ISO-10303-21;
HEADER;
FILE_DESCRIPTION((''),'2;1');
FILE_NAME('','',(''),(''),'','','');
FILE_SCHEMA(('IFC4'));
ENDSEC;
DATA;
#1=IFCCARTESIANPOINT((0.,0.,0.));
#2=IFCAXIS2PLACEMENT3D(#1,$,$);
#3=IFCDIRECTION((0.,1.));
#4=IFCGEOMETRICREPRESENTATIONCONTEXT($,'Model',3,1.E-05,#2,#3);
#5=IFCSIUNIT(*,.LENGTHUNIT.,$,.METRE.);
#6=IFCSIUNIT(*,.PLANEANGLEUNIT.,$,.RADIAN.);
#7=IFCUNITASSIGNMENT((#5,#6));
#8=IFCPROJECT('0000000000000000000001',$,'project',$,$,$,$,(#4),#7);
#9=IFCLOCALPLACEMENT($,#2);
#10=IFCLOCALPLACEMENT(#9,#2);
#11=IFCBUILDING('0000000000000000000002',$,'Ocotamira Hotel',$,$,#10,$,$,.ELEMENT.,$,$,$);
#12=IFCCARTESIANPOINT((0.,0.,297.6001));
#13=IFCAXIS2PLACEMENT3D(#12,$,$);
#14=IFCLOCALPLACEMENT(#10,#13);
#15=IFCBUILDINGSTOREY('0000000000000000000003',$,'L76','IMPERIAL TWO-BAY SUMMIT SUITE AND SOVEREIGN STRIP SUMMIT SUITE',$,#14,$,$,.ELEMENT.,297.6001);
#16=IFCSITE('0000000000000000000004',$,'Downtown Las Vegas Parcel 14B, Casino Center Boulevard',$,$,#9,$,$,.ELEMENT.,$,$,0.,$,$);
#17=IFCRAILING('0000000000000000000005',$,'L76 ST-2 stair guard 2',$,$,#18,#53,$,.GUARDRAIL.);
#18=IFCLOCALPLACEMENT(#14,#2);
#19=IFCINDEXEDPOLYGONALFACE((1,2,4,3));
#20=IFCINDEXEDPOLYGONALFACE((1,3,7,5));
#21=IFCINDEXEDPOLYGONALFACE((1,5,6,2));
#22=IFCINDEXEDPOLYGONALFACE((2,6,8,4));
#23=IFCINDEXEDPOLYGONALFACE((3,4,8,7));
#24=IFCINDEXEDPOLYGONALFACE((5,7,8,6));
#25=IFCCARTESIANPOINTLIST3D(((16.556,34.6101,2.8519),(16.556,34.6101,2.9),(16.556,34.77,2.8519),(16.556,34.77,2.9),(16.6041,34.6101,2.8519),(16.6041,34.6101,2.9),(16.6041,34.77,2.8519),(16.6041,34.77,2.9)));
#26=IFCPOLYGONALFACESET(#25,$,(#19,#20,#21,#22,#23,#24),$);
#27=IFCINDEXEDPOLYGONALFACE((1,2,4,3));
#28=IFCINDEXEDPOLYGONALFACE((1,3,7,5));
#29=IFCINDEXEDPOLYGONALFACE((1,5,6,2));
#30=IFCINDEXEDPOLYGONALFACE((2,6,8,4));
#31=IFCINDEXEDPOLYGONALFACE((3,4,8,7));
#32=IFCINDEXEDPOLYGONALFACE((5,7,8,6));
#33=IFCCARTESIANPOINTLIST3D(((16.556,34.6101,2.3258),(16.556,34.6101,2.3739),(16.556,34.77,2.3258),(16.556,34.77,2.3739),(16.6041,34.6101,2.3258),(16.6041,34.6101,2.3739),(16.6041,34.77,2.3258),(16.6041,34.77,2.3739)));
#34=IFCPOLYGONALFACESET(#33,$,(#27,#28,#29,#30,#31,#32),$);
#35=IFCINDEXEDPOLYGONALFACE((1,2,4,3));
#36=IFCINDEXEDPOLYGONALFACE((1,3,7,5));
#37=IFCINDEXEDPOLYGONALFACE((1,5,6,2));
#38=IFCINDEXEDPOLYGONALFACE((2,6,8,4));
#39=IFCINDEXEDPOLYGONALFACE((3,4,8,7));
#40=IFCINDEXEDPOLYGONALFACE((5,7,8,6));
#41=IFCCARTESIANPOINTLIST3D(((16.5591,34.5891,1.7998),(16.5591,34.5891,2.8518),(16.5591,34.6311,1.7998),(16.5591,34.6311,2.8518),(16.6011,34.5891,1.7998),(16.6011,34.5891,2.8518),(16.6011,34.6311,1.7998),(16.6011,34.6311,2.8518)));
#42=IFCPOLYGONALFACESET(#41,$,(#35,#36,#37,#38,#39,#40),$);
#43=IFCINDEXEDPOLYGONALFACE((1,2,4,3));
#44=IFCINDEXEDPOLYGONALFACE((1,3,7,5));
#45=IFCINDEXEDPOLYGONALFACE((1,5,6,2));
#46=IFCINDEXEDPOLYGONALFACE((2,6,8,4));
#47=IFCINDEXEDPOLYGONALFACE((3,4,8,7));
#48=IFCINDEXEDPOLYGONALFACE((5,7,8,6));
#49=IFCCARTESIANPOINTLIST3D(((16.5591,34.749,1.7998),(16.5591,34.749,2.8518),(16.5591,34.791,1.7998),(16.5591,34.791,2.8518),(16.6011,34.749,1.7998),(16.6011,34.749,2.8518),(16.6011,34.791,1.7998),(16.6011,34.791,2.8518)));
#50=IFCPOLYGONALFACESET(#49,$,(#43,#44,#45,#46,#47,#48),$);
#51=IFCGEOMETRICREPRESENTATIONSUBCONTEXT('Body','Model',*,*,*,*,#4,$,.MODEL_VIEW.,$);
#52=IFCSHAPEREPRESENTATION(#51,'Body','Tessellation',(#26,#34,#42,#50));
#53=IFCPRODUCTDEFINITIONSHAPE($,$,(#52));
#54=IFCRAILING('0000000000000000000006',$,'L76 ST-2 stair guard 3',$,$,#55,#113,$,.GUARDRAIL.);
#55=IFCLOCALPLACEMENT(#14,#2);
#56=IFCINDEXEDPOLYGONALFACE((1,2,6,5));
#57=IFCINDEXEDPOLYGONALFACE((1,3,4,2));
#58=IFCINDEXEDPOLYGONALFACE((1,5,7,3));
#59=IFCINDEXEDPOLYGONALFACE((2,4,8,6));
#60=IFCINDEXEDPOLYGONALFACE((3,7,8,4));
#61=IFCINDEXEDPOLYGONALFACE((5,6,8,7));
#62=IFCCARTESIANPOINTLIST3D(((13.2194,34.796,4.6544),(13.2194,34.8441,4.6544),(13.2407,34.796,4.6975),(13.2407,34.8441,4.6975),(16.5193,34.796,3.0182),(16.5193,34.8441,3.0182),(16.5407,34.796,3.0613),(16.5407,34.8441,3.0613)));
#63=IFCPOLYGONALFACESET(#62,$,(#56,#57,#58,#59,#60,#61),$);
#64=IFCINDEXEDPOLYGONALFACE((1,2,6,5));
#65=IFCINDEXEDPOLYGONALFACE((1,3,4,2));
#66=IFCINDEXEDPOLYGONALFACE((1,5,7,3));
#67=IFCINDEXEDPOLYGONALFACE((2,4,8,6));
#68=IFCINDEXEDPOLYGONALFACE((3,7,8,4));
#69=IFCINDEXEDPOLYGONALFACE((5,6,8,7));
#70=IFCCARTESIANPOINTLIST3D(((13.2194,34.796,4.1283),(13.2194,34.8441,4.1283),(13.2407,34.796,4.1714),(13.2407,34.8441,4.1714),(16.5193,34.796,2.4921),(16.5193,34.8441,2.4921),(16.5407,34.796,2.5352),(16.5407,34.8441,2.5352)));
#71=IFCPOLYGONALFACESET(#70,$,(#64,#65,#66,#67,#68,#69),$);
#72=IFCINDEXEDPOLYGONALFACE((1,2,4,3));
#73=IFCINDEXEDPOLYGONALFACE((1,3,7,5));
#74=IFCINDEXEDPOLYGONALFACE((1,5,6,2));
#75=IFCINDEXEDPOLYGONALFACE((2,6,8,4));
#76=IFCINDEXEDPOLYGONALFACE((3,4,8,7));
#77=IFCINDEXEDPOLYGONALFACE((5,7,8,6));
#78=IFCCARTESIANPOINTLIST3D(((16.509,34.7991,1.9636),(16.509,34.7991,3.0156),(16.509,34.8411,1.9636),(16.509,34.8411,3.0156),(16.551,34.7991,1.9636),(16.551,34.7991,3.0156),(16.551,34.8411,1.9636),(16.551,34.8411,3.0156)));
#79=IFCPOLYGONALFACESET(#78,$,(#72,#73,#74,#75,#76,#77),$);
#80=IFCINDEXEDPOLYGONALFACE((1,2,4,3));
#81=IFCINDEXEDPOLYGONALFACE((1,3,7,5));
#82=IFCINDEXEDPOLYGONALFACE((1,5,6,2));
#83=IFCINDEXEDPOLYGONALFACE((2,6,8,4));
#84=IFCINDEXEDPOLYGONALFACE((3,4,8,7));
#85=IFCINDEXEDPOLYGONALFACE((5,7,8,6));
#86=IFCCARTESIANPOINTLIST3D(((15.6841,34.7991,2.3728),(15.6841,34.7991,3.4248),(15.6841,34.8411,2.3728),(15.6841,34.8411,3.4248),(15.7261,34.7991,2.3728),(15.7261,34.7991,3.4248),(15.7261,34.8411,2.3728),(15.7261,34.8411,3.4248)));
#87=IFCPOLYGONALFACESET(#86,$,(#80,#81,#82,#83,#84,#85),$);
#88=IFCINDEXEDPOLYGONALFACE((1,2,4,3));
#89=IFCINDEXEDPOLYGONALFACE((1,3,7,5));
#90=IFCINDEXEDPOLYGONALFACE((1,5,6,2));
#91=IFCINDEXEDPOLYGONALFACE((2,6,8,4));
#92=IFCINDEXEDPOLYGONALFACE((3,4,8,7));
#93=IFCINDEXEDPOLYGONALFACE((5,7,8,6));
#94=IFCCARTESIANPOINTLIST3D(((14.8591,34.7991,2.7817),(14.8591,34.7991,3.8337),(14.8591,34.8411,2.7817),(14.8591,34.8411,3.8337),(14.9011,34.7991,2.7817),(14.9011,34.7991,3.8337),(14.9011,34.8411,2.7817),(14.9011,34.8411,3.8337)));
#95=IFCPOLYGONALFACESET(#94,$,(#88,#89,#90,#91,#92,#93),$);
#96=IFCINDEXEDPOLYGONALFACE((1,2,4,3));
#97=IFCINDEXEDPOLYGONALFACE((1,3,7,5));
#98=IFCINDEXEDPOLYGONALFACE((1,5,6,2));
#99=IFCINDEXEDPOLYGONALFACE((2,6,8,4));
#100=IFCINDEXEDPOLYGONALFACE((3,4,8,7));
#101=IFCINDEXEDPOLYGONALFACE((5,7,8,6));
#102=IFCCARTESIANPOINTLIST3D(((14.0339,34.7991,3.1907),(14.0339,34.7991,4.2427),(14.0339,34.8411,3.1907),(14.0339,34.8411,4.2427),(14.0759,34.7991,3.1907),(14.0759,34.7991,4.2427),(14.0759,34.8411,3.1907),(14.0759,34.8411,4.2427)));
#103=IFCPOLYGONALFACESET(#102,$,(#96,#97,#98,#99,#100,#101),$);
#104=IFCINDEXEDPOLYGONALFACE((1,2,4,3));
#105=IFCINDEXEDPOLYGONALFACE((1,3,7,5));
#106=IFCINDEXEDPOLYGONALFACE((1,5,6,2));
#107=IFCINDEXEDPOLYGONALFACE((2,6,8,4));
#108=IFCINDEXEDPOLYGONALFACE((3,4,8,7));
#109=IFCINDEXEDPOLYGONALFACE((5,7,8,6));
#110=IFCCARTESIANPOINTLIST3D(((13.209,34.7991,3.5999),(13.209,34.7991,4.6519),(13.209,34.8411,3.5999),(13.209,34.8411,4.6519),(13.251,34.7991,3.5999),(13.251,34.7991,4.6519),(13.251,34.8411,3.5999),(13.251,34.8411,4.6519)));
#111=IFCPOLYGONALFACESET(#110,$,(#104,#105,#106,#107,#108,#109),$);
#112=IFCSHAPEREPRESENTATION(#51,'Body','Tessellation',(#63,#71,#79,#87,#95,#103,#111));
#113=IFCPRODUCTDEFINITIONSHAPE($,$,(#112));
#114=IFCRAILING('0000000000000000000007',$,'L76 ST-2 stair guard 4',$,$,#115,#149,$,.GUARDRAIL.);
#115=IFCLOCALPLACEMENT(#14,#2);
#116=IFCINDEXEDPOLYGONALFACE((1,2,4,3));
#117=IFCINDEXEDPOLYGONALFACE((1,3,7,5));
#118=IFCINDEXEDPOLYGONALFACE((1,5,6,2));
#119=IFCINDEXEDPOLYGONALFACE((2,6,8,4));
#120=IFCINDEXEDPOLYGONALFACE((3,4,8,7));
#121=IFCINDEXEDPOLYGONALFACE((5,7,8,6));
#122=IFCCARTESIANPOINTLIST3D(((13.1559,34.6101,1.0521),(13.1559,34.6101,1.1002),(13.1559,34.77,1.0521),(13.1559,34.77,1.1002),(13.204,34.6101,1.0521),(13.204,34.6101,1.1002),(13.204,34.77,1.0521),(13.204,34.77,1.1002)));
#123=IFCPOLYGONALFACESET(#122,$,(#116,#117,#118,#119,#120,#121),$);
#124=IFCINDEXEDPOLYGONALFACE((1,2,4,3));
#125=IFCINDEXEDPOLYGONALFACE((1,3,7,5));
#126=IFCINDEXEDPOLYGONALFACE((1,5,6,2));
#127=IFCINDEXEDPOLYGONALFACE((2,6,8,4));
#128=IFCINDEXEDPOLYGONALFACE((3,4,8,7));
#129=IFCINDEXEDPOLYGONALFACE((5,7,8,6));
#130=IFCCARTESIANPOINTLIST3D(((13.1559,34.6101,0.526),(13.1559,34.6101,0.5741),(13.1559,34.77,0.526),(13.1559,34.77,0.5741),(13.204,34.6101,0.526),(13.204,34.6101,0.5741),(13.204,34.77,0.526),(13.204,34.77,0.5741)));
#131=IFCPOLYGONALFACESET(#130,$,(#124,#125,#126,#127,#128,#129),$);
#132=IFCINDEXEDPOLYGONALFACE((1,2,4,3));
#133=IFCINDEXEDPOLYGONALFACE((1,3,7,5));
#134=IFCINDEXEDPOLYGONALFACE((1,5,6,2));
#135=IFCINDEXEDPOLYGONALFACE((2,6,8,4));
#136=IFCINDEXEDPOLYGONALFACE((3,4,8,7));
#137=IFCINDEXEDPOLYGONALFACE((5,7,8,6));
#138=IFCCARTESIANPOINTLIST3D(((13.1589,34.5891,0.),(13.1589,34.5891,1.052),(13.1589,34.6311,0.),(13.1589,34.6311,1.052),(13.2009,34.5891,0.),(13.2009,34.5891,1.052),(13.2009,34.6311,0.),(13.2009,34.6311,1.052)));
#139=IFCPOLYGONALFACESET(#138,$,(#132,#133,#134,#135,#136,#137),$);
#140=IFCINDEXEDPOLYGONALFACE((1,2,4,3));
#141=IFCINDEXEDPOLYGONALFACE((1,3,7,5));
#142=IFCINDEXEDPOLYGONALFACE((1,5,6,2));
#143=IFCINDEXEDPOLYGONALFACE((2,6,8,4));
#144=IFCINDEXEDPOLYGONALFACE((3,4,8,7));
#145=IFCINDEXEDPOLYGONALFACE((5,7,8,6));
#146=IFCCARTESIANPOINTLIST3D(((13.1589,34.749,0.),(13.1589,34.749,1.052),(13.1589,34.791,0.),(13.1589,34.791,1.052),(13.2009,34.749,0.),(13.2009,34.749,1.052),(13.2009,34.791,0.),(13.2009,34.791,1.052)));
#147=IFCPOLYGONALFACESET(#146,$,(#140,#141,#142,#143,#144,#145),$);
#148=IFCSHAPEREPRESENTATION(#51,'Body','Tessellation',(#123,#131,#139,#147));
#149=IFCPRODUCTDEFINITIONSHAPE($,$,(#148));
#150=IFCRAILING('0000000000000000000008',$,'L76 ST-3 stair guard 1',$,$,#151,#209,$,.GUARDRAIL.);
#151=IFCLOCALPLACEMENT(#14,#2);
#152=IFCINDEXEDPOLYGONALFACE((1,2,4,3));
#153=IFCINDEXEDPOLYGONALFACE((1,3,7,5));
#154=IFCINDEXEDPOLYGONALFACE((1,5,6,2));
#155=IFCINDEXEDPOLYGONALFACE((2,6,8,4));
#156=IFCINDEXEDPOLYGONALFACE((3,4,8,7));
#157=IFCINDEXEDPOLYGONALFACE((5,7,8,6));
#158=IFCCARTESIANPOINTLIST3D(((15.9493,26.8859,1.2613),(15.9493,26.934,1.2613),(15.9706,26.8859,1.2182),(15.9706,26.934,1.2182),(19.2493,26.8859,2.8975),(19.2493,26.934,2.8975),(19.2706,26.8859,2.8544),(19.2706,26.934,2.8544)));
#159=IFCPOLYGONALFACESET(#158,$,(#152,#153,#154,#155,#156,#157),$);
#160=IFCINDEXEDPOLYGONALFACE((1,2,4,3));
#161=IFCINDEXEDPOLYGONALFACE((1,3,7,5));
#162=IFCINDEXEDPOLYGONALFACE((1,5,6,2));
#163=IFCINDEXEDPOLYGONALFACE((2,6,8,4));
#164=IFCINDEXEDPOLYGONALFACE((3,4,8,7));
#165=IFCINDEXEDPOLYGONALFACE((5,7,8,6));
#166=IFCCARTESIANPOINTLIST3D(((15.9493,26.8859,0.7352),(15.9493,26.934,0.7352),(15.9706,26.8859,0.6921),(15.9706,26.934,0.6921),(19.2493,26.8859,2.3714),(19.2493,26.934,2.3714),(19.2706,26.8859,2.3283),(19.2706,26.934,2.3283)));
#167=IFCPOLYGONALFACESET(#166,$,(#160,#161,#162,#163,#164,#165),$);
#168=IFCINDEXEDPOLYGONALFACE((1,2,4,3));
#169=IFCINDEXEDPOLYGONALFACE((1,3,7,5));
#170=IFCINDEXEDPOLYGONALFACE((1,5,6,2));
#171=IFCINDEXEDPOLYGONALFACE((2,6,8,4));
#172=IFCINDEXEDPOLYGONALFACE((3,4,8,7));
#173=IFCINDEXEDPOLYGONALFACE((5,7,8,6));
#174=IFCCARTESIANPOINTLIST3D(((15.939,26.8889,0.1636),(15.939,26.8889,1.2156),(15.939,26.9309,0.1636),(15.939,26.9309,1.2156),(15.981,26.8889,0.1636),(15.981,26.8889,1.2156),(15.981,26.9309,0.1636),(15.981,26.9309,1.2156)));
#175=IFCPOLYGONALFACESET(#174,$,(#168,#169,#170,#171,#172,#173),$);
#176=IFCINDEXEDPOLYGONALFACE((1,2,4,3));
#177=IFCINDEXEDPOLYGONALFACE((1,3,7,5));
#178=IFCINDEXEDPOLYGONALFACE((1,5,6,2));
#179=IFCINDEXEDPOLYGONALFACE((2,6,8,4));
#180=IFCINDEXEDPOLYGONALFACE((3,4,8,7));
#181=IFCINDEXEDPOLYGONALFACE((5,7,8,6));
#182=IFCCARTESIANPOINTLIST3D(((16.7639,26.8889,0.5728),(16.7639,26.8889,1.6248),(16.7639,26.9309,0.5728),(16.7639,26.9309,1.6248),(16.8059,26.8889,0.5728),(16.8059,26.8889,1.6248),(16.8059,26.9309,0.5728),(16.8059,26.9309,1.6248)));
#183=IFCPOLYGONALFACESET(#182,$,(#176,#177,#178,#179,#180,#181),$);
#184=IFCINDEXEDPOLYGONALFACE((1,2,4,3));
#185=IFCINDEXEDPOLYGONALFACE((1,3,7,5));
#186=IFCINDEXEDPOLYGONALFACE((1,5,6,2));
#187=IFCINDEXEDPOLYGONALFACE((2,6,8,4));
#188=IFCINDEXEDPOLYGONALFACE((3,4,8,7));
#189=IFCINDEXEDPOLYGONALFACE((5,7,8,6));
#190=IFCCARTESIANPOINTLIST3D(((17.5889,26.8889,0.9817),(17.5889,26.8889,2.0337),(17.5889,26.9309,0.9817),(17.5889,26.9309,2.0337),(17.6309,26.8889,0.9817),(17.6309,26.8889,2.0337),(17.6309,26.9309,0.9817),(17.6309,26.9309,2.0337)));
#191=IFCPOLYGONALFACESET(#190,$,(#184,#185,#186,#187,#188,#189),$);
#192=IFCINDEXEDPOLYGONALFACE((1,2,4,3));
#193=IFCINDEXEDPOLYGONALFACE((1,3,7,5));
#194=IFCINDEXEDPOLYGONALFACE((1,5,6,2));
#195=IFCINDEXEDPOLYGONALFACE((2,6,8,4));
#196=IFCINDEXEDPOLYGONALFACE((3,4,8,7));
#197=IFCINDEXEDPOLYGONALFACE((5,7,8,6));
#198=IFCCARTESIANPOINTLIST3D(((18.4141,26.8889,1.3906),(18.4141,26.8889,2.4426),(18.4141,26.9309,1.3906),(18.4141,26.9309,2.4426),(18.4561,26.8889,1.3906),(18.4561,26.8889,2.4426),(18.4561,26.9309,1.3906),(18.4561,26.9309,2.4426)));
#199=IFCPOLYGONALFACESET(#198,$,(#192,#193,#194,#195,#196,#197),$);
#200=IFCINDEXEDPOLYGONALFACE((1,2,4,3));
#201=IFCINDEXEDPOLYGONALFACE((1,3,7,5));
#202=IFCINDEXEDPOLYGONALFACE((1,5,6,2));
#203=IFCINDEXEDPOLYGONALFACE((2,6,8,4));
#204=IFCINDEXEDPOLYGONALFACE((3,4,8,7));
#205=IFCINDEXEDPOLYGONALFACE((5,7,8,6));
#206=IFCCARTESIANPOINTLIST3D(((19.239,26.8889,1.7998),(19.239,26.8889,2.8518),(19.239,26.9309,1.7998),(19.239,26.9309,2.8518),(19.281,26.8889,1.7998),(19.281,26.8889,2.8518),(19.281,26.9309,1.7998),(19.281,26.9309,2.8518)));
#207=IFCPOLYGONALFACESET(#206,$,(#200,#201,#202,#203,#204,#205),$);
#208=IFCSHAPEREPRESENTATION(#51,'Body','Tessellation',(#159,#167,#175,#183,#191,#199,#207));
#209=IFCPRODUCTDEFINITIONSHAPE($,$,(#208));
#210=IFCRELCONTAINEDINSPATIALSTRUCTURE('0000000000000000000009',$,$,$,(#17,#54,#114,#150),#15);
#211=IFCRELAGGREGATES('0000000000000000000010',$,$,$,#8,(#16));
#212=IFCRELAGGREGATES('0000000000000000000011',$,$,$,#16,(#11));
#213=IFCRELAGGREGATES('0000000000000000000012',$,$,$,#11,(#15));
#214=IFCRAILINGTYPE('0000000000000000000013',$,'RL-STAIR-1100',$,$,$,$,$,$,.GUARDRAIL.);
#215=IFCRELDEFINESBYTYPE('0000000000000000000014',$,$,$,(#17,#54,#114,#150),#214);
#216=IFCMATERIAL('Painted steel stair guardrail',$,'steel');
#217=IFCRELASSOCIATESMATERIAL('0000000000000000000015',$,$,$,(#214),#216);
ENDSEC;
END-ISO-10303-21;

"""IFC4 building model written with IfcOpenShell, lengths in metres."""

from ifc_helpers import new_model, si_unit, direction, frame, origin, origin_2d, place, context, subcontext, project, spatial, rectangle, extrude, material, type_object, element, save


model = new_model("IFC4")

# Units and contexts
model_context = context("Model", 3, precision=1e-05, world=origin(), true_north=direction((0.0, 1.0)))
body_context = subcontext(model_context, "Body", "Model", "MODEL_VIEW")
ifc_project = project(units=[si_unit("LENGTHUNIT", "METRE"), si_unit("PLANEANGLEUNIT", "RADIAN")], contexts=[model_context])

# Site, building, storey
site_placement = place(None, origin())
site = spatial("IfcSite", under=ifc_project, at=site_placement, Name="Downtown Las Vegas Parcel 14B, Casino Center Boulevard", CompositionType="ELEMENT", RefElevation=0.0)
building_placement = place(site_placement, origin())
building = spatial("IfcBuilding", under=site, at=building_placement, Name="Ocotamira Hotel", CompositionType="ELEMENT")
storey_placement = place(building_placement, frame((0.0, 0.0, 297.6001)))
storey = spatial("IfcBuildingStorey", under=building, at=storey_placement, Name="L76", Description="IMPERIAL TWO-BAY SUMMIT SUITE AND SOVEREIGN STRIP SUMMIT SUITE", CompositionType="ELEMENT", Elevation=297.6001)

# Railings
ifc_material_1 = material(Name="Painted steel stair guardrail", Category="steel")
railing_type_1 = type_object("IfcRailingType", Name="RL-STAIR-1100", PredefinedType="GUARDRAIL", material=ifc_material_1)
railing_1_placement = place(storey_placement, frame((16.5801, 34.6101, 1.7998)))
element("IfcRailing", 1, at=railing_1_placement, inside=storey, type_object=railing_type_1, Name="L76 ST-2 stair guard 2", PredefinedType="GUARDRAIL", context=body_context, shape_type="SweptSolid", body=[
    extrude(rectangle(XDim=0.0481, YDim=0.0481, at=origin_2d()), frame((0.0, 0.0, 1.0762), z_axis=(0.0, 1.0, 0.0), x_axis=(-1.0, 0.0, 0.0)), (0.0, 0.0, 1.0), 0.1599),
    extrude(rectangle(XDim=0.0481, YDim=0.0481, at=origin_2d()), frame((0.0, 0.0, 0.55), z_axis=(0.0, 1.0, 0.0), x_axis=(-1.0, 0.0, 0.0)), (0.0, 0.0, 1.0), 0.1599),
    extrude(rectangle(XDim=0.042, YDim=0.042, at=origin_2d()), origin(), (0.0, 0.0, 1.0), 1.052),
    extrude(rectangle(XDim=0.042, YDim=0.042, at=origin_2d()), frame((0.0, 0.1599, 0.0)), (0.0, 0.0, 1.0), 1.052),
])
railing_2_placement = place(storey_placement, frame((16.53, 34.8201, 1.9636)))
element("IfcRailing", 2, at=railing_2_placement, inside=storey, type_object=railing_type_1, Name="L76 ST-2 stair guard 3", PredefinedType="GUARDRAIL", context=body_context, shape_type="SweptSolid", body=[
    extrude(rectangle(XDim=0.0481, YDim=0.0481, at=origin_2d()), frame((0.0, 0.0, 1.0762), z_axis=(-0.89592, 0.0, 0.444215), x_axis=(0.0, -1.0, 0.0)), (0.0, 0.0, 1.0), 3.6833),
    extrude(rectangle(XDim=0.0481, YDim=0.0481, at=origin_2d()), frame((0.0, 0.0, 0.55), z_axis=(-0.89592, 0.0, 0.444215), x_axis=(0.0, -1.0, 0.0)), (0.0, 0.0, 1.0), 3.6833),
    extrude(rectangle(XDim=0.042, YDim=0.042, at=origin_2d()), origin(), (0.0, 0.0, 1.0), 1.052),
    extrude(rectangle(XDim=0.042, YDim=0.042, at=origin_2d()), frame((-0.825, 0.0, 0.4092)), (0.0, 0.0, 1.0), 1.052),
    extrude(rectangle(XDim=0.042, YDim=0.042, at=origin_2d()), frame((-1.6499, 0.0, 0.8181)), (0.0, 0.0, 1.0), 1.052),
    extrude(rectangle(XDim=0.042, YDim=0.042, at=origin_2d()), frame((-2.4751, 0.0, 1.2271)), (0.0, 0.0, 1.0), 1.052),
    extrude(rectangle(XDim=0.042, YDim=0.042, at=origin_2d()), frame((-3.3, 0.0, 1.6362)), (0.0, 0.0, 1.0), 1.052),
])
railing_3_placement = place(storey_placement, frame((13.1799, 34.6101, 0.0)))
element("IfcRailing", 3, at=railing_3_placement, inside=storey, type_object=railing_type_1, Name="L76 ST-2 stair guard 4", PredefinedType="GUARDRAIL", context=body_context, shape_type="SweptSolid", body=[
    extrude(rectangle(XDim=0.0481, YDim=0.0481, at=origin_2d()), frame((0.0, 0.0, 1.0762), z_axis=(0.0, 1.0, 0.0), x_axis=(-1.0, 0.0, 0.0)), (0.0, 0.0, 1.0), 0.1599),
    extrude(rectangle(XDim=0.0481, YDim=0.0481, at=origin_2d()), frame((0.0, 0.0, 0.55), z_axis=(0.0, 1.0, 0.0), x_axis=(-1.0, 0.0, 0.0)), (0.0, 0.0, 1.0), 0.1599),
    extrude(rectangle(XDim=0.042, YDim=0.042, at=origin_2d()), origin(), (0.0, 0.0, 1.0), 1.052),
    extrude(rectangle(XDim=0.042, YDim=0.042, at=origin_2d()), frame((0.0, 0.1599, 0.0)), (0.0, 0.0, 1.0), 1.052),
])
railing_4_placement = place(storey_placement, frame((15.96, 26.9099, 0.1636)))
element("IfcRailing", 4, at=railing_4_placement, inside=storey, type_object=railing_type_1, Name="L76 ST-3 stair guard 1", PredefinedType="GUARDRAIL", context=body_context, shape_type="SweptSolid", body=[
    extrude(rectangle(XDim=0.0481, YDim=0.0481, at=origin_2d()), frame((0.0, 0.0, 1.0762), z_axis=(0.89592, 0.0, 0.444215), x_axis=(0.0, 1.0, 0.0)), (0.0, 0.0, 1.0), 3.6833),
    extrude(rectangle(XDim=0.0481, YDim=0.0481, at=origin_2d()), frame((0.0, 0.0, 0.55), z_axis=(0.89592, 0.0, 0.444215), x_axis=(0.0, 1.0, 0.0)), (0.0, 0.0, 1.0), 3.6833),
    extrude(rectangle(XDim=0.042, YDim=0.042, at=origin_2d()), origin(), (0.0, 0.0, 1.0), 1.052),
    extrude(rectangle(XDim=0.042, YDim=0.042, at=origin_2d()), frame((0.825, 0.0, 0.4092)), (0.0, 0.0, 1.0), 1.052),
    extrude(rectangle(XDim=0.042, YDim=0.042, at=origin_2d()), frame((1.6499, 0.0, 0.8181)), (0.0, 0.0, 1.0), 1.052),
    extrude(rectangle(XDim=0.042, YDim=0.042, at=origin_2d()), frame((2.4751, 0.0, 1.2271)), (0.0, 0.0, 1.0), 1.052),
    extrude(rectangle(XDim=0.042, YDim=0.042, at=origin_2d()), frame((3.3, 0.0, 1.6362)), (0.0, 0.0, 1.0), 1.052),
])

save(model, "model.ifc")
